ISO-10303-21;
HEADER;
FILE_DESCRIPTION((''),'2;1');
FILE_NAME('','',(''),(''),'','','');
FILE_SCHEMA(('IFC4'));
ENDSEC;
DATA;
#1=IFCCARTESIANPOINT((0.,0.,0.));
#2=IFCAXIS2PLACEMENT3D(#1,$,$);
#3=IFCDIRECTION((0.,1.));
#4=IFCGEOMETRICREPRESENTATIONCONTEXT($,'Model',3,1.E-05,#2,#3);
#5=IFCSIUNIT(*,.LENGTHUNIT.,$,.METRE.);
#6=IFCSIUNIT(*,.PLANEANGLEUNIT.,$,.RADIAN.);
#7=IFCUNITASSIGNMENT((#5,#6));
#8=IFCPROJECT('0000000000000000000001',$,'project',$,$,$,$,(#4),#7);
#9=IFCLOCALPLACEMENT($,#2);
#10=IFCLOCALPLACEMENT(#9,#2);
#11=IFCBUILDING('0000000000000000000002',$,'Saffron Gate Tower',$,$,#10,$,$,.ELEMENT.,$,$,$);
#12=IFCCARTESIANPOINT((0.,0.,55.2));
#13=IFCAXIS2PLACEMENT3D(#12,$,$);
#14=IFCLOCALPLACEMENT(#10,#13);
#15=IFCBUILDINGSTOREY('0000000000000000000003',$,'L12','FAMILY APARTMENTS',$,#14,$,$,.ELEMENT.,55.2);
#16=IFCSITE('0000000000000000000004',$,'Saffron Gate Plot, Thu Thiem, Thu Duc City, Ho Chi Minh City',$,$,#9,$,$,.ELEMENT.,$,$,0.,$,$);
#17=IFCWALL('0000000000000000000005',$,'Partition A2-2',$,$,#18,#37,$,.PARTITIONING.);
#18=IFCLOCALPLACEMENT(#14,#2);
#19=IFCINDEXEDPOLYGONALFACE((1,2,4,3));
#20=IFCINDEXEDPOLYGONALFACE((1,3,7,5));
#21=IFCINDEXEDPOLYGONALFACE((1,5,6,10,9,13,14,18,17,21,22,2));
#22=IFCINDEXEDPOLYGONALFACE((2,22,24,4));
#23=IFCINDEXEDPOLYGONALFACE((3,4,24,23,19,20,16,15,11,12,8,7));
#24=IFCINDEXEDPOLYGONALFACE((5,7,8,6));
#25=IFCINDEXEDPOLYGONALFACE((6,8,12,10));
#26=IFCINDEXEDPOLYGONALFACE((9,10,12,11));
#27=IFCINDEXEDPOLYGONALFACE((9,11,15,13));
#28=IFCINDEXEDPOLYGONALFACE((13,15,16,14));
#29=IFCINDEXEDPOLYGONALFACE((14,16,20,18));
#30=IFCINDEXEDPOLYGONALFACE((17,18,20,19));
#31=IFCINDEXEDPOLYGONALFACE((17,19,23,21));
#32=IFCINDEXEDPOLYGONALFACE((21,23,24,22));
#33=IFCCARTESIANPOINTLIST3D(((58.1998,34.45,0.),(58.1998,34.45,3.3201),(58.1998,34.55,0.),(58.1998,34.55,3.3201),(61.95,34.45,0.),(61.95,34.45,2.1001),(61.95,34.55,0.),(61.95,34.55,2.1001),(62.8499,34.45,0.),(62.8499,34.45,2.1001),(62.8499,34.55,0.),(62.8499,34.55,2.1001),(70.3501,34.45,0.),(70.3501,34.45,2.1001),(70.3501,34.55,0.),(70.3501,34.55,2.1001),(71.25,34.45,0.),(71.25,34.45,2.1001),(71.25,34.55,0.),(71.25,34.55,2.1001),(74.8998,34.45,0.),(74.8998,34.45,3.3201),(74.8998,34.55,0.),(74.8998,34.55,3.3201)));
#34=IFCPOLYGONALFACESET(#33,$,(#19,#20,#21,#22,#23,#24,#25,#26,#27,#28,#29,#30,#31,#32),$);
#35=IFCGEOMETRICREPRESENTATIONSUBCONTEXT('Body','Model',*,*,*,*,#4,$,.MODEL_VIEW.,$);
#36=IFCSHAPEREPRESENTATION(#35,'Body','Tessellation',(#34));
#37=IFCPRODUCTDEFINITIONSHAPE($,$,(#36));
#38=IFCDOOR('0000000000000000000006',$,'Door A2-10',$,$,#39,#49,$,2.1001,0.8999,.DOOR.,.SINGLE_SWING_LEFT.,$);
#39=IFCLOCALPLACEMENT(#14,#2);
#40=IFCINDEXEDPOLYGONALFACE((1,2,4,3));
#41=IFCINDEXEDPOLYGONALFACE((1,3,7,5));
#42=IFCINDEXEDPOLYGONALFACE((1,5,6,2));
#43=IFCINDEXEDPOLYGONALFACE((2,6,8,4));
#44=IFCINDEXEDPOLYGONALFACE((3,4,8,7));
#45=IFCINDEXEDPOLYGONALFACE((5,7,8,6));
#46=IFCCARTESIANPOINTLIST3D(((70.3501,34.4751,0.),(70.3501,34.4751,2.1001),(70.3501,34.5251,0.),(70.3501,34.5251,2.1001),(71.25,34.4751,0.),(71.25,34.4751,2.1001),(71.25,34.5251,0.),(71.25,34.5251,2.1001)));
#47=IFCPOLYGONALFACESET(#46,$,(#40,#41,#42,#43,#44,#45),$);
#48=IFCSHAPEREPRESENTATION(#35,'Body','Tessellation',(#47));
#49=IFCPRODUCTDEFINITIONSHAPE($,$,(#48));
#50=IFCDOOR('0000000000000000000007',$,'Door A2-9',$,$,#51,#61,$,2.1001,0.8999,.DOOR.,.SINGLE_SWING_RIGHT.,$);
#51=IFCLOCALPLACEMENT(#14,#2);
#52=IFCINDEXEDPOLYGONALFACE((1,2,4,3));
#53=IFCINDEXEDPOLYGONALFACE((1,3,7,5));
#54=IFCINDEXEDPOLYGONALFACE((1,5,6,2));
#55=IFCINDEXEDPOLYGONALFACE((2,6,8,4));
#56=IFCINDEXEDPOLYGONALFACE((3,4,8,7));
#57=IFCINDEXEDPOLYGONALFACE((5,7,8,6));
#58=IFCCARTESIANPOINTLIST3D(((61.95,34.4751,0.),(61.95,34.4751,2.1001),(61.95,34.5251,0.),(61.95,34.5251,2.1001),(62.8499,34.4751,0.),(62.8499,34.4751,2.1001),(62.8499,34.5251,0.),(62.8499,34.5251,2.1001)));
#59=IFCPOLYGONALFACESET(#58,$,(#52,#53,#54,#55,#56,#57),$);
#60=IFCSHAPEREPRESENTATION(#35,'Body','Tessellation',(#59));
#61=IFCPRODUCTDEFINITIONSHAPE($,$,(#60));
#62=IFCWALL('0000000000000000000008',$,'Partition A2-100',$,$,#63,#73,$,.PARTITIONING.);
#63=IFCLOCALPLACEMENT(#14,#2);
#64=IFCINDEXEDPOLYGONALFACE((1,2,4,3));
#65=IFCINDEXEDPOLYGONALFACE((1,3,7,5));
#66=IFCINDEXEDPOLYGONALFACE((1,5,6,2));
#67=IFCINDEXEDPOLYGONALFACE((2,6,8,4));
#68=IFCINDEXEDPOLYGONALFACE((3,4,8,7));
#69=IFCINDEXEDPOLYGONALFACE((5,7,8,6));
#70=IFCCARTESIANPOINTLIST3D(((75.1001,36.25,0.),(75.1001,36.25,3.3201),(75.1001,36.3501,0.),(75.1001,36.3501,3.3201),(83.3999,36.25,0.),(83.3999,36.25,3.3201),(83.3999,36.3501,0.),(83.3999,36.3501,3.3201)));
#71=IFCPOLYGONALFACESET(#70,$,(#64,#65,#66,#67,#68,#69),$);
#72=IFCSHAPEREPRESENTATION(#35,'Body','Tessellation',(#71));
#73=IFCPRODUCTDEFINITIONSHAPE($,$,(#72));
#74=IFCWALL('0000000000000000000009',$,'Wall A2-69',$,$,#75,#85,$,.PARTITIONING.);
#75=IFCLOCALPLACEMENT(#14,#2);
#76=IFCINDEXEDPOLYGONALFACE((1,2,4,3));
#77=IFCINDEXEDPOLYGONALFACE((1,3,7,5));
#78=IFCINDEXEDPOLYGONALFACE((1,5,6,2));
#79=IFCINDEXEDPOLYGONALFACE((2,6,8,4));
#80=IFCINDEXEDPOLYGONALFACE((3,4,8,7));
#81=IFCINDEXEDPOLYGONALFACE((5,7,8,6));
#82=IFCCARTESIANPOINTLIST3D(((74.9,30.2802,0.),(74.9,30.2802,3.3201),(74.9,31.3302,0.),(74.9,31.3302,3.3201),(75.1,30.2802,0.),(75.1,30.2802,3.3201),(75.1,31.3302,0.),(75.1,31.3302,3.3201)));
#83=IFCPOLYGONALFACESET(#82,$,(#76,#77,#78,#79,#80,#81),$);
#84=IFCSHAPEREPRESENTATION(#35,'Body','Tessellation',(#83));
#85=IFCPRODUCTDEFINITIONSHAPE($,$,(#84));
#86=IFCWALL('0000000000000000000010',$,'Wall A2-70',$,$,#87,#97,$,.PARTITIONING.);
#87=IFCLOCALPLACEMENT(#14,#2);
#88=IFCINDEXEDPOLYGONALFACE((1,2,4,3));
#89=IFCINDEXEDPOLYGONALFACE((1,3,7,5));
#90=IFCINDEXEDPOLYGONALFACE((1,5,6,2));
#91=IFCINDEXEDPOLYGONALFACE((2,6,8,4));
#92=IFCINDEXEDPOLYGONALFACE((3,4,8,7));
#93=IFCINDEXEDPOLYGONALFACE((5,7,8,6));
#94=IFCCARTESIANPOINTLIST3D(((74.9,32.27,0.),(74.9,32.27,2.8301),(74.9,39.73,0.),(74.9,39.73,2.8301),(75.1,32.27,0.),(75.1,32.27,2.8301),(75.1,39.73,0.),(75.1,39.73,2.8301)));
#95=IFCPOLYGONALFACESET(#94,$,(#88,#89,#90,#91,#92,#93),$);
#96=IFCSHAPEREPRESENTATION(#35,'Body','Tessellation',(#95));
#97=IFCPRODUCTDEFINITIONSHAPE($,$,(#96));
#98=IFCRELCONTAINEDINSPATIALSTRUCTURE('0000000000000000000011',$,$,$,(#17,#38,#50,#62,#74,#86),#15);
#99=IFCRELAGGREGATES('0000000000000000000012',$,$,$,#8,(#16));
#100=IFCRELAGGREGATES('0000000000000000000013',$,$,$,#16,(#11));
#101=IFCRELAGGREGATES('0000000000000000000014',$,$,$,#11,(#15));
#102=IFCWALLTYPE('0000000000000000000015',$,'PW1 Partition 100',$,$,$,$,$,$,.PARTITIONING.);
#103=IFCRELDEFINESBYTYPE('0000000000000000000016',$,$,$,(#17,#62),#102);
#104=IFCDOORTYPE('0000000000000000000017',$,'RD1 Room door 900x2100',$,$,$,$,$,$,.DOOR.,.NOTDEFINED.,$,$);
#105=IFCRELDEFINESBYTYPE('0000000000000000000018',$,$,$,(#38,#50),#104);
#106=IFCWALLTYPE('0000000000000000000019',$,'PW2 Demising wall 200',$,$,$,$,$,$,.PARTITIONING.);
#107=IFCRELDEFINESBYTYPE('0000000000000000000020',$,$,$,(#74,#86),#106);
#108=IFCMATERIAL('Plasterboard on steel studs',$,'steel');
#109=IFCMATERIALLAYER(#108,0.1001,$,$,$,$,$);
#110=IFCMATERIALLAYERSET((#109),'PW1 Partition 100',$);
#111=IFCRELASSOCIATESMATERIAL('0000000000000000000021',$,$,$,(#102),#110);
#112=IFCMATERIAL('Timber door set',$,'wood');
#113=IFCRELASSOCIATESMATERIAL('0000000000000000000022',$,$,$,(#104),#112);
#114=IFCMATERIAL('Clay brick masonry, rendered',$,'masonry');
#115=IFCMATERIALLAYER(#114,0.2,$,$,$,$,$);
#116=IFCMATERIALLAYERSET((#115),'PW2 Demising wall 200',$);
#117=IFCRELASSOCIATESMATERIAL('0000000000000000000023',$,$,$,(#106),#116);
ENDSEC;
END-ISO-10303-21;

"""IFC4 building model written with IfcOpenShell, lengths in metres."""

from ifc_helpers import new_model, si_unit, direction, frame, frame_2d, origin, place, context, subcontext, project, spatial, rectangle, extrude, material, layer, layer_set, type_object, element, fill, save


model = new_model("IFC4")

# Units and contexts
model_context = context("Model", 3, precision=1e-05, world=origin(), true_north=direction((0.0, 1.0)))
body_context = subcontext(model_context, "Body", "Model", "MODEL_VIEW")
ifc_project = project(units=[si_unit("LENGTHUNIT", "METRE"), si_unit("PLANEANGLEUNIT", "RADIAN")], contexts=[model_context])

# Site, building, storey
site_placement = place(None, origin())
site = spatial("IfcSite", under=ifc_project, at=site_placement, Name="Saffron Gate Plot, Thu Thiem, Thu Duc City, Ho Chi Minh City", CompositionType="ELEMENT", RefElevation=0.0)
building_placement = place(site_placement, origin())
building = spatial("IfcBuilding", under=site, at=building_placement, Name="Saffron Gate Tower", CompositionType="ELEMENT")
storey_placement = place(building_placement, frame((0.0, 0.0, 55.2)))
storey = spatial("IfcBuildingStorey", under=building, at=storey_placement, Name="L12", Description="FAMILY APARTMENTS", CompositionType="ELEMENT", Elevation=55.2)

# Wall, openings, doors
ifc_material_1 = material(Name="Plasterboard on steel studs", Category="steel")
ifc_layer_1 = layer(ifc_material_1, 0.1001)
ifc_layer_set_1 = layer_set([ifc_layer_1], Name="PW1 Partition 100")
wall_type_1 = type_object("IfcWallType", Name="PW1 Partition 100", PredefinedType="PARTITIONING", material=ifc_layer_set_1)
wall_1_placement = place(storey_placement, frame((74.8999, 34.5, 0.0), z_axis=(0.0, 0.0, 1.0), x_axis=(-1.0, 0.0, 0.0)))
wall_1 = element("IfcWall", 1, at=wall_1_placement, inside=storey, type_object=wall_type_1, Name="Partition A2-2", PredefinedType="PARTITIONING", context=body_context, shape_type="SweptSolid", body=[
    extrude(rectangle(XDim=16.7, YDim=0.1001, at=frame_2d((8.3501, 0.0))), origin(), (0.0, 0.0, 1.0), 3.3201),
])
opening_1_placement = place(wall_1_placement, frame((3.6499, 0.0, 0.0)))
opening_1 = element("IfcOpeningElement", 2, at=opening_1_placement, cuts=wall_1, PredefinedType="OPENING", context=body_context, shape_type="SweptSolid", body=[
    extrude(rectangle(XDim=0.8999, YDim=2.1001, at=frame_2d((0.45, 1.05))), frame((0.0, 0.0601, 0.0), z_axis=(0.0, -1.0, 0.0), x_axis=(1.0, 0.0, 0.0)), (0.0, 0.0, 1.0), 0.1201),
])
opening_2_placement = place(wall_1_placement, frame((12.05, 0.0, 0.0)))
opening_2 = element("IfcOpeningElement", 3, at=opening_2_placement, cuts=wall_1, PredefinedType="OPENING", context=body_context, shape_type="SweptSolid", body=[
    extrude(rectangle(XDim=0.8999, YDim=2.1001, at=frame_2d((0.45, 1.05))), frame((0.0, 0.0601, 0.0), z_axis=(0.0, -1.0, 0.0), x_axis=(1.0, 0.0, 0.0)), (0.0, 0.0, 1.0), 0.1201),
])
ifc_material_2 = material(Name="Timber door set", Category="wood")
door_type = type_object("IfcDoorType", Name="RD1 Room door 900x2100", OperationType="NOTDEFINED", PredefinedType="DOOR", material=ifc_material_2)
door_1_placement = place(opening_1_placement, origin())
door_1 = element("IfcDoor", 4, at=door_1_placement, inside=storey, type_object=door_type, Name="Door A2-10", OperationType="SINGLE_SWING_LEFT", OverallHeight=2.1001, OverallWidth=0.8999, PredefinedType="DOOR", context=body_context, shape_type="SweptSolid", body=[
    extrude(rectangle(XDim=0.8999, YDim=2.1001, at=frame_2d((0.45, 1.05))), frame((0.0, 0.0249, 0.0), z_axis=(0.0, -1.0, 0.0), x_axis=(1.0, 0.0, 0.0)), (0.0, 0.0, 1.0), 0.05),
])
fill(opening_1, door_1)
door_2_placement = place(opening_2_placement, origin())
door_2 = element("IfcDoor", 5, at=door_2_placement, inside=storey, type_object=door_type, Name="Door A2-9", OperationType="SINGLE_SWING_RIGHT", OverallHeight=2.1001, OverallWidth=0.8999, PredefinedType="DOOR", context=body_context, shape_type="SweptSolid", body=[
    extrude(rectangle(XDim=0.8999, YDim=2.1001, at=frame_2d((0.45, 1.05))), frame((0.0, 0.0249, 0.0), z_axis=(0.0, -1.0, 0.0), x_axis=(1.0, 0.0, 0.0)), (0.0, 0.0, 1.0), 0.05),
])
fill(opening_2, door_2)

# Walls
wall_2_placement = place(storey_placement, frame((75.1001, 36.3, 0.0), z_axis=(0.0, 0.0, 1.0), x_axis=(1.0, 0.0, 0.0)))
element("IfcWall", 6, at=wall_2_placement, inside=storey, type_object=wall_type_1, Name="Partition A2-100", PredefinedType="PARTITIONING", context=body_context, shape_type="SweptSolid", body=[
    extrude(rectangle(XDim=8.2998, YDim=0.1001, at=frame_2d((4.1499, 0.0))), origin(), (0.0, 0.0, 1.0), 3.3201),
])
ifc_material_3 = material(Name="Clay brick masonry, rendered", Category="masonry")
ifc_layer_2 = layer(ifc_material_3, 0.2)
ifc_layer_set_2 = layer_set([ifc_layer_2], Name="PW2 Demising wall 200")
wall_type_2 = type_object("IfcWallType", Name="PW2 Demising wall 200", PredefinedType="PARTITIONING", material=ifc_layer_set_2)
wall_3_placement = place(storey_placement, frame((75.0, 31.3301, 0.0), z_axis=(0.0, 0.0, 1.0), x_axis=(0.0, -1.0, 0.0)))
element("IfcWall", 7, at=wall_3_placement, inside=storey, type_object=wall_type_2, Name="Wall A2-69", PredefinedType="PARTITIONING", context=body_context, shape_type="SweptSolid", body=[
    extrude(rectangle(XDim=1.05, YDim=0.2, at=frame_2d((0.5249, 0.0))), origin(), (0.0, 0.0, 1.0), 3.3201),
])
wall_4_placement = place(storey_placement, frame((75.0, 39.73, 0.0), z_axis=(0.0, 0.0, 1.0), x_axis=(0.0, -1.0, 0.0)))
element("IfcWall", 8, at=wall_4_placement, inside=storey, type_object=wall_type_2, Name="Wall A2-70", PredefinedType="PARTITIONING", context=body_context, shape_type="SweptSolid", body=[
    extrude(rectangle(XDim=7.46, YDim=0.2, at=frame_2d((3.73, 0.0))), origin(), (0.0, 0.0, 1.0), 2.8301),
])

save(model, "model.ifc")
